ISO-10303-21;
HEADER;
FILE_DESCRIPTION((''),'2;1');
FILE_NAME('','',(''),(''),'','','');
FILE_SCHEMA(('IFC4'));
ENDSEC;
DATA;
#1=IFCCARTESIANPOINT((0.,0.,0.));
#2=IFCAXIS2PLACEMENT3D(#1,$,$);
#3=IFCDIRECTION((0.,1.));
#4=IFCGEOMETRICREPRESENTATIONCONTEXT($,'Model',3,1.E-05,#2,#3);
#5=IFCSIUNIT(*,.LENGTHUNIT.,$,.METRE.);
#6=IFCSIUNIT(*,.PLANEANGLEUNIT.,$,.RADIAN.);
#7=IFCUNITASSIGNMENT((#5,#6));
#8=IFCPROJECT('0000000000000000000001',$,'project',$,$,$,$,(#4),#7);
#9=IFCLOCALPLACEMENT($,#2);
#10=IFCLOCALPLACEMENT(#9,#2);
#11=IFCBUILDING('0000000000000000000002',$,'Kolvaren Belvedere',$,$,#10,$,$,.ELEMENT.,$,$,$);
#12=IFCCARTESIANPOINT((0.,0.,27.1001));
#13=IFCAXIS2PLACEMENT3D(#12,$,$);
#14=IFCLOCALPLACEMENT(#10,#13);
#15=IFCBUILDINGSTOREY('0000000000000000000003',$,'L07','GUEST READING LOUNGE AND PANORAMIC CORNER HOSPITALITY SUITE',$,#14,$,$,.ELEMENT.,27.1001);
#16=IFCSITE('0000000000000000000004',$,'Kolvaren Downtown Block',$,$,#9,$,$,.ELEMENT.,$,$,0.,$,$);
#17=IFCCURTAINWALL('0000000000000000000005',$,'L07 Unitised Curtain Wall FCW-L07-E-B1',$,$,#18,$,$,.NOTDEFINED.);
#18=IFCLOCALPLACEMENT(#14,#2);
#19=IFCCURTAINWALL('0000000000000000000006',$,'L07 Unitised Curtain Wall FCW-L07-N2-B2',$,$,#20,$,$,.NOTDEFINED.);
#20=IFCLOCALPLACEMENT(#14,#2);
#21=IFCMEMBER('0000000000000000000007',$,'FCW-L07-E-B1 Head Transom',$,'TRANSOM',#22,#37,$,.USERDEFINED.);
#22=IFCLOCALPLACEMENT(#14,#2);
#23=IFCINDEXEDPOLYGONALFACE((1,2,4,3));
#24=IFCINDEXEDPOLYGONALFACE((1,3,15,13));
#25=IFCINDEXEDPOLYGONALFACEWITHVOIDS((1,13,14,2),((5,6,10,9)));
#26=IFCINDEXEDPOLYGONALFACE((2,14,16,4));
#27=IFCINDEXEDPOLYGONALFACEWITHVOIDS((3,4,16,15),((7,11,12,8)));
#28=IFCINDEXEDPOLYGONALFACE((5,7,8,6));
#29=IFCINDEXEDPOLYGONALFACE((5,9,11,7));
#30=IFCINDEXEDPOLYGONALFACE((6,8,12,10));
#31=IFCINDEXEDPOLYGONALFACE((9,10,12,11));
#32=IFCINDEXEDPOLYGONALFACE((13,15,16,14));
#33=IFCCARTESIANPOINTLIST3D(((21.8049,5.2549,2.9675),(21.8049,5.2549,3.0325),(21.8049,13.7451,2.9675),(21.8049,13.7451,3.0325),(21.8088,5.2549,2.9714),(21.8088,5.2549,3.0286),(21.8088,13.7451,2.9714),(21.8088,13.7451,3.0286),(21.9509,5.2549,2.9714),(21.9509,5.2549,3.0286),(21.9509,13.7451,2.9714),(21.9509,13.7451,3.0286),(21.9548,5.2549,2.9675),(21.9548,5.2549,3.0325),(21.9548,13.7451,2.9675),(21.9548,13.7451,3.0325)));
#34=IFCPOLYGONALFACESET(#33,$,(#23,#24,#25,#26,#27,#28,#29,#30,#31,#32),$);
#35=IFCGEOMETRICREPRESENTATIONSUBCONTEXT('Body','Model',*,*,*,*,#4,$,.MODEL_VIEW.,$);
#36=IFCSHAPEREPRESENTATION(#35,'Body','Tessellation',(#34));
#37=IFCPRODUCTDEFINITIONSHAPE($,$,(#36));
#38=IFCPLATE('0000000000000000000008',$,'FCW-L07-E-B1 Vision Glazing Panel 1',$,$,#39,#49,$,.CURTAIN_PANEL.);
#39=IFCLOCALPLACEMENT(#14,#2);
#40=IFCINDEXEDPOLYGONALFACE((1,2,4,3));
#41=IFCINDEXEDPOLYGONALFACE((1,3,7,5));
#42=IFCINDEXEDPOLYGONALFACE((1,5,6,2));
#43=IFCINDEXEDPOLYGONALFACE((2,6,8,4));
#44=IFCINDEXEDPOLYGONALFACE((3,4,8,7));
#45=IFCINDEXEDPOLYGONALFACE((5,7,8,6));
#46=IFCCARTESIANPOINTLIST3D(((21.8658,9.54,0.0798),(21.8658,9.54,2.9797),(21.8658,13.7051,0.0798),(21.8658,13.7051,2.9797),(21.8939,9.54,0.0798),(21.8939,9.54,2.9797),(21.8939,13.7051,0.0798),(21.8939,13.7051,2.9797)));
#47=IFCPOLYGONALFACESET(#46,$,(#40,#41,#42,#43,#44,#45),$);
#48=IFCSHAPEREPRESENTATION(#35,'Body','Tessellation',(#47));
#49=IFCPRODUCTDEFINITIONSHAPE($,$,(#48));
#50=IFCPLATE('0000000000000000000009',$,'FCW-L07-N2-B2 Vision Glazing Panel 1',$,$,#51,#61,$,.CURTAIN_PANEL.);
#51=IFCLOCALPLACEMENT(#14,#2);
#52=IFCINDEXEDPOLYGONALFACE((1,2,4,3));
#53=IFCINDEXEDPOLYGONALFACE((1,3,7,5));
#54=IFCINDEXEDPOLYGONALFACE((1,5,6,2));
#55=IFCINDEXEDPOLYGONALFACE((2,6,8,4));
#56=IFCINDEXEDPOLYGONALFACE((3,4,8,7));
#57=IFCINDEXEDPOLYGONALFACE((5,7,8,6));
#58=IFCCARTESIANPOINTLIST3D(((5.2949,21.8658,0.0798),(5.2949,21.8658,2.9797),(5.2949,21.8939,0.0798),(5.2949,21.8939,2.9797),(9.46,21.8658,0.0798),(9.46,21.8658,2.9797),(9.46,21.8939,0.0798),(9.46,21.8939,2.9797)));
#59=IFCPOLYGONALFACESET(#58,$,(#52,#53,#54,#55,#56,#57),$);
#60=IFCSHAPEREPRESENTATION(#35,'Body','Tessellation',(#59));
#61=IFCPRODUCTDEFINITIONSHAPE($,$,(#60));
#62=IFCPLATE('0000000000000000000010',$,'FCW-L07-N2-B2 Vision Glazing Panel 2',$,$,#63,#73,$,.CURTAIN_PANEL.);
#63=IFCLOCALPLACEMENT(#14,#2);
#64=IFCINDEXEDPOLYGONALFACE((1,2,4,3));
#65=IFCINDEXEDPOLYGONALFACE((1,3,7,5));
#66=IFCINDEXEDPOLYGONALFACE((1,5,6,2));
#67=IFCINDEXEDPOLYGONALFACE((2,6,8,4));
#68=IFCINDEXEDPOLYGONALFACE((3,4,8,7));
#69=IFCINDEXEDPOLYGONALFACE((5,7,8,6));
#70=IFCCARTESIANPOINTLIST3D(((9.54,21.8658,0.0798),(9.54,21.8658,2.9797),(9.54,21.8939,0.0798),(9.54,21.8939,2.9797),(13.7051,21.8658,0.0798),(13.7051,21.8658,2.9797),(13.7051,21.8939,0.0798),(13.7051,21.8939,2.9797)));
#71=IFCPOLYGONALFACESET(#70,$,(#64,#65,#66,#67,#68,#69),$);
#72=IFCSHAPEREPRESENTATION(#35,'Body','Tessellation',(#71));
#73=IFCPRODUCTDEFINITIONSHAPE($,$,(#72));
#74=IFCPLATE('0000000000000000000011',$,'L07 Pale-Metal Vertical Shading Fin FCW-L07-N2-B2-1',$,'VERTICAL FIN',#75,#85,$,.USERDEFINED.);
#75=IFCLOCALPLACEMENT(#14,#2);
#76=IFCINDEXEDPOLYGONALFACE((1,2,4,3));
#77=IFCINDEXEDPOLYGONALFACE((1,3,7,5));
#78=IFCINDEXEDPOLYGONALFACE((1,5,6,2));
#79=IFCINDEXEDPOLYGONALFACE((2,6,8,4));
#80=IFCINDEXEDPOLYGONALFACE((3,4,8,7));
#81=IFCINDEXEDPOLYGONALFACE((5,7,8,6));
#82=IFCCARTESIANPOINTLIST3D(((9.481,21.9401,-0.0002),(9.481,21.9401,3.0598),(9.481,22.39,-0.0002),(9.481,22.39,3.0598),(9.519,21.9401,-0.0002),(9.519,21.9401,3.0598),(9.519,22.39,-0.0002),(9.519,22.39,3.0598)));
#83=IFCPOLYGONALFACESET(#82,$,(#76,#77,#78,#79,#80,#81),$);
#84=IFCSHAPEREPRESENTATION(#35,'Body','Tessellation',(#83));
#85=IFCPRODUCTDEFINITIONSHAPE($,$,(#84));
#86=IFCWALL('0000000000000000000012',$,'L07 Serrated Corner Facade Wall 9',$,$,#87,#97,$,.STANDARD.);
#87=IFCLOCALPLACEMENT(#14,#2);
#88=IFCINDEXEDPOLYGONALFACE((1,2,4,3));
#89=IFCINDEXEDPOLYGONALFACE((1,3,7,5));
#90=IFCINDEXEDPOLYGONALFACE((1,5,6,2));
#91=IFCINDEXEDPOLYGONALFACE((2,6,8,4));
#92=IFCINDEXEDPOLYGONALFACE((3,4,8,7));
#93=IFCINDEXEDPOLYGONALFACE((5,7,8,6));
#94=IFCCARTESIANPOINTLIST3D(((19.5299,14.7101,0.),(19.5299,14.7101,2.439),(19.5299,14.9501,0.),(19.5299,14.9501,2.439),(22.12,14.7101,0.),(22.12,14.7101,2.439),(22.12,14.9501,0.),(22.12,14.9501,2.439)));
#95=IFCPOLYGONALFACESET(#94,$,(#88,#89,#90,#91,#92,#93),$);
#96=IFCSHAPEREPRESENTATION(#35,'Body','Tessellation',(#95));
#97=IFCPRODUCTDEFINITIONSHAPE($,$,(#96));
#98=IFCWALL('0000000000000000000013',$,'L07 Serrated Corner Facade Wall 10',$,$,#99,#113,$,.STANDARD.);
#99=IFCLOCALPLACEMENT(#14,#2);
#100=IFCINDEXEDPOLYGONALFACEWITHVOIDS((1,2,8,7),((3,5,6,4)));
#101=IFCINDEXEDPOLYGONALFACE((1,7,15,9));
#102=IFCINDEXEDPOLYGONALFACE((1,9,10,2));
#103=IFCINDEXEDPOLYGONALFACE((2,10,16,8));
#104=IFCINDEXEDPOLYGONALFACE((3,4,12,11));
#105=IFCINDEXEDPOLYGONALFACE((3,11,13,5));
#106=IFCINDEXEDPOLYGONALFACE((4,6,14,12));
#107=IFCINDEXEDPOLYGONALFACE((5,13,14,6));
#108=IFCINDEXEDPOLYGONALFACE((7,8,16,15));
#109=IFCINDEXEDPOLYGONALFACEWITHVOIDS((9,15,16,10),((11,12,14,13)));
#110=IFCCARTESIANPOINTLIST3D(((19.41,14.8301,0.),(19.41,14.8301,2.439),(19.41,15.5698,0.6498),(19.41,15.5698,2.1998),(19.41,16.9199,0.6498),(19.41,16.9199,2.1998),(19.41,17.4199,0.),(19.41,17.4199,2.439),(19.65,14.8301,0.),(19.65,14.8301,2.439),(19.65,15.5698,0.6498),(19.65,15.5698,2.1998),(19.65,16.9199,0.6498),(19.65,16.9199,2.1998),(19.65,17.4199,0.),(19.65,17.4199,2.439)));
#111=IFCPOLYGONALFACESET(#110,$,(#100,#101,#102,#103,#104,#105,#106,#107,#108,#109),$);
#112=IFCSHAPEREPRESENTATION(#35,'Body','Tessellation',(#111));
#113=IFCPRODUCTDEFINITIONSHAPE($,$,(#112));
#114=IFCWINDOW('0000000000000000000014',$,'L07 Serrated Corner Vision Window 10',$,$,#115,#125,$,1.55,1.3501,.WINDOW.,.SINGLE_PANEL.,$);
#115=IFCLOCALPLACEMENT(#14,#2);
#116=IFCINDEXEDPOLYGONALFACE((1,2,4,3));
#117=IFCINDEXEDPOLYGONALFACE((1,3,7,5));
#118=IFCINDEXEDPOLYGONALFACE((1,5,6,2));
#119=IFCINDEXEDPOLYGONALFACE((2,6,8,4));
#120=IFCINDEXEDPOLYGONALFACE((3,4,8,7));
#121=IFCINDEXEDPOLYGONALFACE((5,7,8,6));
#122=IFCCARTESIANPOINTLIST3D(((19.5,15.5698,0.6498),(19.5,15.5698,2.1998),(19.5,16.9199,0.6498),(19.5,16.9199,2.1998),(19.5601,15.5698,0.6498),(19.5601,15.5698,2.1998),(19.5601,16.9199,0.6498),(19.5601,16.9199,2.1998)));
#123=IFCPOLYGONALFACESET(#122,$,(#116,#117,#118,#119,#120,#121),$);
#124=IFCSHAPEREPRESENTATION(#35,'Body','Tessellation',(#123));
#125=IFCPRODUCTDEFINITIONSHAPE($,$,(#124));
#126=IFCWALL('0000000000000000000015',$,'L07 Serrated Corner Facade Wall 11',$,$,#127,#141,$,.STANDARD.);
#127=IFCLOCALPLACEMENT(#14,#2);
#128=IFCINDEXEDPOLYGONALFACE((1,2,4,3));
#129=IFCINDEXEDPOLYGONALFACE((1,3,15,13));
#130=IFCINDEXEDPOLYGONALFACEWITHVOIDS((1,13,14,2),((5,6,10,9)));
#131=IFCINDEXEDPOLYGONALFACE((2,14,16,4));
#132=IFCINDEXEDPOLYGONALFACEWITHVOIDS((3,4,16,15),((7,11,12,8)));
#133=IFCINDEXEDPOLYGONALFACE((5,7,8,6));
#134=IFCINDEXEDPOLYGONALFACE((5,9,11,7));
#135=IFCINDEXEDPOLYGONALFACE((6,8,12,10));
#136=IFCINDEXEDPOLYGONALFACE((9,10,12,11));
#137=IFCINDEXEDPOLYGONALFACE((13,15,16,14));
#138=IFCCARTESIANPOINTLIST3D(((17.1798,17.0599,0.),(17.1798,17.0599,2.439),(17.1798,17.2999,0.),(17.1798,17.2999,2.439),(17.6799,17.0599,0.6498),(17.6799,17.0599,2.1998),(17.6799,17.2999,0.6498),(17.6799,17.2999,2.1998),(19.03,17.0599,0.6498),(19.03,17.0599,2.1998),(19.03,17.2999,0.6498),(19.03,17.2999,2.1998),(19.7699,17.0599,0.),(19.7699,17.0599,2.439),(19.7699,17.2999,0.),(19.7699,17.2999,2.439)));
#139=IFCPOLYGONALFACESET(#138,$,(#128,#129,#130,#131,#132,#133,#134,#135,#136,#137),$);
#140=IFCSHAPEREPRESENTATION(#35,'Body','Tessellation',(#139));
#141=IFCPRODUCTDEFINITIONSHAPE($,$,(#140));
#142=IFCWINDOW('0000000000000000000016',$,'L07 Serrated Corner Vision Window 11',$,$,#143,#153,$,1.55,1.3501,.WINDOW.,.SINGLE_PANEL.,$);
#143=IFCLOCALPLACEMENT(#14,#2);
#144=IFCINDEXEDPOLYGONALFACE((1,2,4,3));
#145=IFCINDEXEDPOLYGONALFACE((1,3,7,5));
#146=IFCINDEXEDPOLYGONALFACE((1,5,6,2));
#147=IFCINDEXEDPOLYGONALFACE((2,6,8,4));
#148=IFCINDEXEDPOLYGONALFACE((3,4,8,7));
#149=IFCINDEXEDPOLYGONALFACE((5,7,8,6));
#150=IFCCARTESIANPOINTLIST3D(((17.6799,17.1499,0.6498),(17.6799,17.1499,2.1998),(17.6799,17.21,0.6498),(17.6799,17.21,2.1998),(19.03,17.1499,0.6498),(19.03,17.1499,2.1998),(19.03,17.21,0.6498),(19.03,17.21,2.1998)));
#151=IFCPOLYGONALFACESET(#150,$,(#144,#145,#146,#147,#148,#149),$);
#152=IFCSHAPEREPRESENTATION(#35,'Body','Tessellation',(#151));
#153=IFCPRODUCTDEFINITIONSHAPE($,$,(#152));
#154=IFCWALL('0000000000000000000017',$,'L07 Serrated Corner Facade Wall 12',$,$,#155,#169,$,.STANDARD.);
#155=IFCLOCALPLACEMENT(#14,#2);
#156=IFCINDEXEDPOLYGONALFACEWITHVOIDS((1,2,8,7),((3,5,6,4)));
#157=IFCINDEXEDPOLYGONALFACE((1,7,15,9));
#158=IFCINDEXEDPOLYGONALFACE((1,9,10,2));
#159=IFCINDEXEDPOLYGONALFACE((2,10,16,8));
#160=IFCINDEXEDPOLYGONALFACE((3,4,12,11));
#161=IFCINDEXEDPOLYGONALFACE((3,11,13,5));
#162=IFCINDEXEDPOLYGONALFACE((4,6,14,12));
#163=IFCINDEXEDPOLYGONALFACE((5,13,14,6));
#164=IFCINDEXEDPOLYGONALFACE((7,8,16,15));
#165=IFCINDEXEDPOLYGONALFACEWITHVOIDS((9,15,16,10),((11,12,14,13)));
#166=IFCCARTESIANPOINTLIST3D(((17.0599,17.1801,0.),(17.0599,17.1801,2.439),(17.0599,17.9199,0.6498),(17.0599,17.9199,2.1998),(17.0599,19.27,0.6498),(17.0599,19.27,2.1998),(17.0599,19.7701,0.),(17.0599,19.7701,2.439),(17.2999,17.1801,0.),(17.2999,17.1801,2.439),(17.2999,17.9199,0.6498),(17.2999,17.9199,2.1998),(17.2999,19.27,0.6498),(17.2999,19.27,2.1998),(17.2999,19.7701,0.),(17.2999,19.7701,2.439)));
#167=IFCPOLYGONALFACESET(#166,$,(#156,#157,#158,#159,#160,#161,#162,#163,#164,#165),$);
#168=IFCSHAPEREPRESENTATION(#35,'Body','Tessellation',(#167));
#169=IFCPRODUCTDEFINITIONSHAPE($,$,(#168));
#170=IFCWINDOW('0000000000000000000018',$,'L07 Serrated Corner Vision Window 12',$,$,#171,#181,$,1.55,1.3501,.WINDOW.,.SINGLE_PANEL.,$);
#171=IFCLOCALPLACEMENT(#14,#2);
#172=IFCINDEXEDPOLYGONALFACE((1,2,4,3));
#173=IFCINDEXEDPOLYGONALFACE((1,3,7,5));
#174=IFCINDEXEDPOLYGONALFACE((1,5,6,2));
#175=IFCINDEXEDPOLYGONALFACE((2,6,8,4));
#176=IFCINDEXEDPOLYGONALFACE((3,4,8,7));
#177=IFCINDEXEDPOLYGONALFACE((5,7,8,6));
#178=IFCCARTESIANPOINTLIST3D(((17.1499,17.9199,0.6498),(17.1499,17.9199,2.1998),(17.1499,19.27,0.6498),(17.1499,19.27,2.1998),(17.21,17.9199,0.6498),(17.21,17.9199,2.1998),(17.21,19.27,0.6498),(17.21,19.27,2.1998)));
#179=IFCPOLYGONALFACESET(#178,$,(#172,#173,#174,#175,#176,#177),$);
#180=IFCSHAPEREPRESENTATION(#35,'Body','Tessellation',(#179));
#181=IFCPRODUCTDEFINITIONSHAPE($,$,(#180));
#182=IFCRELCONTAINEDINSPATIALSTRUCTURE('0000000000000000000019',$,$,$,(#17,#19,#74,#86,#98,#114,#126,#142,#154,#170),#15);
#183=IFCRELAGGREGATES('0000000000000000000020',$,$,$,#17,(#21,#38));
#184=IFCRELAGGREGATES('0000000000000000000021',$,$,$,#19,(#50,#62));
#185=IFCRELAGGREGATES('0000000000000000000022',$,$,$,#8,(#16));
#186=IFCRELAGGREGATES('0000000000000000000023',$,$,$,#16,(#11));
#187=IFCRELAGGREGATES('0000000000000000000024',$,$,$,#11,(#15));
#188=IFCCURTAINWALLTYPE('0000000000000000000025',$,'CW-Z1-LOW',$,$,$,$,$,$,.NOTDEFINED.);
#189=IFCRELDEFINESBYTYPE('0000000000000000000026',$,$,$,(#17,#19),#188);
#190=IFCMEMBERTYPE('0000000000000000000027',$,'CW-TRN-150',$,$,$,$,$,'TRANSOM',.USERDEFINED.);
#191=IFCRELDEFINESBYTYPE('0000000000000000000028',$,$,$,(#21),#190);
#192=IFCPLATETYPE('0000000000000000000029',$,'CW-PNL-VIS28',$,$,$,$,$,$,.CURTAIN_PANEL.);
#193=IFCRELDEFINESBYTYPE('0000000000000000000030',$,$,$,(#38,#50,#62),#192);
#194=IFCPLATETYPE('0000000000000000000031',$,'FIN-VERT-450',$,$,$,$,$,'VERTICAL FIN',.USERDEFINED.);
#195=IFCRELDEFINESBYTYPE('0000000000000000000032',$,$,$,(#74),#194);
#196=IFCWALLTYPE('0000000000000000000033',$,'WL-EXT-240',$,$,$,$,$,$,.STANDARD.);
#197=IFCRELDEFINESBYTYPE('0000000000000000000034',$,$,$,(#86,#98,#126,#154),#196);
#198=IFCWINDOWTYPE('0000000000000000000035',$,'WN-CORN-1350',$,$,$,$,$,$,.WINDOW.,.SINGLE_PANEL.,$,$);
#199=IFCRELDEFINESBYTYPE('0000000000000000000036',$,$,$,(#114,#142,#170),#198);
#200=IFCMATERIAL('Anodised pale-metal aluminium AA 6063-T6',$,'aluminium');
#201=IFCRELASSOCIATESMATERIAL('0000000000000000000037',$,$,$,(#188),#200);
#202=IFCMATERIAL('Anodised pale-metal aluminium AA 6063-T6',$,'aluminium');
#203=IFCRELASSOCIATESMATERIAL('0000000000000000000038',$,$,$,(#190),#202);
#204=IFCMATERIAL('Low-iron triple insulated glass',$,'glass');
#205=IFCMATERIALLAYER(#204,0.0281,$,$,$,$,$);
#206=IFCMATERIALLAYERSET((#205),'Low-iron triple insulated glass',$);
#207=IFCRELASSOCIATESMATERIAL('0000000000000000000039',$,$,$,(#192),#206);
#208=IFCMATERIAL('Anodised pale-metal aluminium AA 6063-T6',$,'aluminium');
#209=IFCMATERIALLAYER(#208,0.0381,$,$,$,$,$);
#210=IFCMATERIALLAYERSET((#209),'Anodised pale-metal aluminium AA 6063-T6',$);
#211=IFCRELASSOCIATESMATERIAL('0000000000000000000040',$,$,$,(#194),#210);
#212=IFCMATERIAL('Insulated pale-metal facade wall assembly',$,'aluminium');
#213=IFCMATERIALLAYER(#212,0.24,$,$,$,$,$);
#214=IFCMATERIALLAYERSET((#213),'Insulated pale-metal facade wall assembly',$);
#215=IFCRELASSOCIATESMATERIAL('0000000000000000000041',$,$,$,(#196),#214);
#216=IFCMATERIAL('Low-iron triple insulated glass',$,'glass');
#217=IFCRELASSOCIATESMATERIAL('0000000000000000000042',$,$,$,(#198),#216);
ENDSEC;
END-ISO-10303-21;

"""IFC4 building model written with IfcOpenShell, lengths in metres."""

from ifc_helpers import new_model, si_unit, direction, frame, frame_2d, origin, origin_2d, place, context, subcontext, project, spatial, rectangle, hollow_rectangle, extrude, material, layer, layer_set, material_profile, profile_set, type_object, element, fill, aggregate, save


model = new_model("IFC4")

# Units and contexts
model_context = context("Model", 3, precision=1e-05, world=origin(), true_north=direction((0.0, 1.0)))
body_context = subcontext(model_context, "Body", "Model", "MODEL_VIEW")
ifc_project = project(units=[si_unit("LENGTHUNIT", "METRE"), si_unit("PLANEANGLEUNIT", "RADIAN")], contexts=[model_context])

# Site, building, storey
site_placement = place(None, origin())
site = spatial("IfcSite", under=ifc_project, at=site_placement, Name="Kolvaren Downtown Block", CompositionType="ELEMENT", RefElevation=0.0)
building_placement = place(site_placement, origin())
building = spatial("IfcBuilding", under=site, at=building_placement, Name="Kolvaren Belvedere", CompositionType="ELEMENT")
storey_placement = place(building_placement, frame((0.0, 0.0, 27.1001)))
storey = spatial("IfcBuildingStorey", under=building, at=storey_placement, Name="L07", Description="GUEST READING LOUNGE AND PANORAMIC CORNER HOSPITALITY SUITE", CompositionType="ELEMENT", Elevation=27.1001)

# Curtain wall
ifc_material_1 = material(Name="Anodised pale-metal aluminium AA 6063-T6", Category="aluminium")
curtain_wall_type = type_object("IfcCurtainWallType", Name="CW-Z1-LOW", PredefinedType="NOTDEFINED", material=ifc_material_1)
curtain_wall_1_placement = place(storey_placement, origin())
curtain_wall_1 = element("IfcCurtainWall", 1, at=curtain_wall_1_placement, inside=storey, type_object=curtain_wall_type, Name="L07 Unitised Curtain Wall FCW-L07-E-B1", PredefinedType="NOTDEFINED")

# Curtain wall
curtain_wall_2_placement = place(storey_placement, origin())
curtain_wall_2 = element("IfcCurtainWall", 2, at=curtain_wall_2_placement, inside=storey, type_object=curtain_wall_type, Name="L07 Unitised Curtain Wall FCW-L07-N2-B2", PredefinedType="NOTDEFINED")

# Member
ifc_material_2 = material(Name="Anodised pale-metal aluminium AA 6063-T6", Category="aluminium")
ifc_material_profile_1 = material_profile(ifc_material_2, hollow_rectangle(XDim=0.0649, YDim=0.1499, WallThickness=0.0039, at=origin_2d()), Name="ALU-TRN-150X65")
ifc_profile_set_1 = profile_set([ifc_material_profile_1], Name="Anodised pale-metal aluminium AA 6063-T6")
member_type_1 = type_object("IfcMemberType", Name="CW-TRN-150", ElementType="TRANSOM", PredefinedType="USERDEFINED", material=ifc_profile_set_1)
member_1_placement = place(storey_placement, frame((21.8799, 13.7451, 3.0), z_axis=(0.0, -1.0, 0.0), x_axis=(0.0, 0.0, 1.0)))
member_1 = element("IfcMember", 3, at=member_1_placement, type_object=member_type_1, Name="FCW-L07-E-B1 Head Transom", ObjectType="TRANSOM", PredefinedType="USERDEFINED", context=body_context, shape_type="SweptSolid", body=[
    extrude(hollow_rectangle(XDim=0.0649, YDim=0.1499, WallThickness=0.0039, at=origin_2d()), origin(), (0.0, 0.0, 1.0), 8.4902),
])

# Plates
ifc_material_3 = material(Name="Low-iron triple insulated glass", Category="glass")
ifc_layer_1 = layer(ifc_material_3, 0.0281)
ifc_layer_set_1 = layer_set([ifc_layer_1], Name="Low-iron triple insulated glass")
plate_type_1 = type_object("IfcPlateType", Name="CW-PNL-VIS28", PredefinedType="CURTAIN_PANEL", material=ifc_layer_set_1)
plate_1_placement = place(storey_placement, frame((21.8799, 11.6226, 0.0798), z_axis=(0.0, 0.0, 1.0), x_axis=(0.0, -1.0, 0.0)))
plate_1 = element("IfcPlate", 4, at=plate_1_placement, type_object=plate_type_1, Name="FCW-L07-E-B1 Vision Glazing Panel 1", PredefinedType="CURTAIN_PANEL", context=body_context, shape_type="SweptSolid", body=[
    extrude(rectangle(XDim=4.165, YDim=0.0281, at=origin_2d()), origin(), (0.0, 0.0, 1.0), 2.8999),
])
aggregate(curtain_wall_1, [member_1, plate_1])
plate_2_placement = place(storey_placement, frame((7.3774, 21.8799, 0.0798), z_axis=(0.0, 0.0, 1.0), x_axis=(1.0, 0.0, 0.0)))
plate_2 = element("IfcPlate", 5, at=plate_2_placement, type_object=plate_type_1, Name="FCW-L07-N2-B2 Vision Glazing Panel 1", PredefinedType="CURTAIN_PANEL", context=body_context, shape_type="SweptSolid", body=[
    extrude(rectangle(XDim=4.165, YDim=0.0281, at=origin_2d()), origin(), (0.0, 0.0, 1.0), 2.8999),
])
plate_3_placement = place(storey_placement, frame((11.6226, 21.8799, 0.0798), z_axis=(0.0, 0.0, 1.0), x_axis=(1.0, 0.0, 0.0)))
plate_3 = element("IfcPlate", 6, at=plate_3_placement, type_object=plate_type_1, Name="FCW-L07-N2-B2 Vision Glazing Panel 2", PredefinedType="CURTAIN_PANEL", context=body_context, shape_type="SweptSolid", body=[
    extrude(rectangle(XDim=4.165, YDim=0.0281, at=origin_2d()), origin(), (0.0, 0.0, 1.0), 2.8999),
])
aggregate(curtain_wall_2, [plate_2, plate_3])
ifc_material_4 = material(Name="Anodised pale-metal aluminium AA 6063-T6", Category="aluminium")
ifc_layer_2 = layer(ifc_material_4, 0.0381)
ifc_layer_set_2 = layer_set([ifc_layer_2], Name="Anodised pale-metal aluminium AA 6063-T6")
plate_type_2 = type_object("IfcPlateType", Name="FIN-VERT-450", ElementType="VERTICAL FIN", PredefinedType="USERDEFINED", material=ifc_layer_set_2)
plate_4_placement = place(storey_placement, frame((9.5, 22.165, -0.0002), z_axis=(0.0, 0.0, 1.0), x_axis=(0.0, 1.0, 0.0)))
element("IfcPlate", 7, at=plate_4_placement, inside=storey, type_object=plate_type_2, Name="L07 Pale-Metal Vertical Shading Fin FCW-L07-N2-B2-1", ObjectType="VERTICAL FIN", PredefinedType="USERDEFINED", context=body_context, shape_type="SweptSolid", body=[
    extrude(rectangle(XDim=0.45, YDim=0.0381, at=origin_2d()), origin(), (0.0, 0.0, 1.0), 3.0601),
])

# Wall
ifc_material_5 = material(Name="Insulated pale-metal facade wall assembly", Category="aluminium")
ifc_layer_3 = layer(ifc_material_5, 0.24)
ifc_layer_set_3 = layer_set([ifc_layer_3], Name="Insulated pale-metal facade wall assembly")
wall_type_1 = type_object("IfcWallType", Name="WL-EXT-240", PredefinedType="STANDARD", material=ifc_layer_set_3)
wall_1_placement = place(storey_placement, frame((19.53, 14.8301, 0.0), z_axis=(0.0, 0.0, 1.0), x_axis=(1.0, 0.0, 0.0)))
element("IfcWall", 8, at=wall_1_placement, inside=storey, type_object=wall_type_1, Name="L07 Serrated Corner Facade Wall 9", PredefinedType="STANDARD", context=body_context, shape_type="SweptSolid", body=[
    extrude(rectangle(XDim=2.5901, YDim=0.24, at=frame_2d((1.2949, 0.0))), origin(), (0.0, 0.0, 1.0), 2.439),
])

# Walls, openings, windows
wall_2_placement = place(storey_placement, frame((19.53, 17.4199, 0.0), z_axis=(0.0, 0.0, 1.0), x_axis=(0.0, -1.0, 0.0)))
wall_2 = element("IfcWall", 9, at=wall_2_placement, inside=storey, type_object=wall_type_1, Name="L07 Serrated Corner Facade Wall 10", PredefinedType="STANDARD", context=body_context, shape_type="SweptSolid", body=[
    extrude(rectangle(XDim=2.5898, YDim=0.24, at=frame_2d((1.2949, 0.0))), origin(), (0.0, 0.0, 1.0), 2.439),
])
opening_1_placement = place(wall_2_placement, frame((0.5, 0.0, 0.6499)))
opening_1 = element("IfcOpeningElement", 10, at=opening_1_placement, cuts=wall_2, PredefinedType="OPENING", context=body_context, shape_type="SweptSolid", body=[
    extrude(rectangle(XDim=1.3501, YDim=1.55, at=frame_2d((0.675, 0.7749))), frame((0.0, 0.1299, 0.0), z_axis=(0.0, -1.0, 0.0), x_axis=(1.0, 0.0, 0.0)), (0.0, 0.0, 1.0), 0.26),
])
ifc_material_6 = material(Name="Low-iron triple insulated glass", Category="glass")
window_type = type_object("IfcWindowType", Name="WN-CORN-1350", PartitioningType="SINGLE_PANEL", PredefinedType="WINDOW", material=ifc_material_6)
window_1_placement = place(opening_1_placement, origin())
window_1 = element("IfcWindow", 11, at=window_1_placement, inside=storey, type_object=window_type, Name="L07 Serrated Corner Vision Window 10", OverallHeight=1.55, OverallWidth=1.3501, PartitioningType="SINGLE_PANEL", PredefinedType="WINDOW", context=body_context, shape_type="SweptSolid", body=[
    extrude(rectangle(XDim=1.3501, YDim=1.55, at=frame_2d((0.675, 0.7749))), frame((0.0, 0.03, 0.0), z_axis=(0.0, -1.0, 0.0), x_axis=(1.0, 0.0, 0.0)), (0.0, 0.0, 1.0), 0.0601),
])
fill(opening_1, window_1)
wall_3_placement = place(storey_placement, frame((17.1799, 17.1799, 0.0), z_axis=(0.0, 0.0, 1.0), x_axis=(1.0, 0.0, 0.0)))
wall_3 = element("IfcWall", 12, at=wall_3_placement, inside=storey, type_object=wall_type_1, Name="L07 Serrated Corner Facade Wall 11", PredefinedType="STANDARD", context=body_context, shape_type="SweptSolid", body=[
    extrude(rectangle(XDim=2.5901, YDim=0.24, at=frame_2d((1.2949, 0.0))), origin(), (0.0, 0.0, 1.0), 2.439),
])
opening_2_placement = place(wall_3_placement, frame((0.5, 0.0, 0.6499)))
opening_2 = element("IfcOpeningElement", 13, at=opening_2_placement, cuts=wall_3, PredefinedType="OPENING", context=body_context, shape_type="SweptSolid", body=[
    extrude(rectangle(XDim=1.3501, YDim=1.55, at=frame_2d((0.675, 0.7749))), frame((0.0, 0.1299, 0.0), z_axis=(0.0, -1.0, 0.0), x_axis=(1.0, 0.0, 0.0)), (0.0, 0.0, 1.0), 0.26),
])
window_2_placement = place(opening_2_placement, origin())
window_2 = element("IfcWindow", 14, at=window_2_placement, inside=storey, type_object=window_type, Name="L07 Serrated Corner Vision Window 11", OverallHeight=1.55, OverallWidth=1.3501, PartitioningType="SINGLE_PANEL", PredefinedType="WINDOW", context=body_context, shape_type="SweptSolid", body=[
    extrude(rectangle(XDim=1.3501, YDim=1.55, at=frame_2d((0.675, 0.7749))), frame((0.0, 0.03, 0.0), z_axis=(0.0, -1.0, 0.0), x_axis=(1.0, 0.0, 0.0)), (0.0, 0.0, 1.0), 0.0601),
])
fill(opening_2, window_2)
wall_4_placement = place(storey_placement, frame((17.1799, 19.77, 0.0), z_axis=(0.0, 0.0, 1.0), x_axis=(0.0, -1.0, 0.0)))
wall_4 = element("IfcWall", 15, at=wall_4_placement, inside=storey, type_object=wall_type_1, Name="L07 Serrated Corner Facade Wall 12", PredefinedType="STANDARD", context=body_context, shape_type="SweptSolid", body=[
    extrude(rectangle(XDim=2.5901, YDim=0.24, at=frame_2d((1.2949, 0.0))), origin(), (0.0, 0.0, 1.0), 2.439),
])
opening_3_placement = place(wall_4_placement, frame((0.5, 0.0, 0.6499)))
opening_3 = element("IfcOpeningElement", 16, at=opening_3_placement, cuts=wall_4, PredefinedType="OPENING", context=body_context, shape_type="SweptSolid", body=[
    extrude(rectangle(XDim=1.3501, YDim=1.55, at=frame_2d((0.675, 0.7749))), frame((0.0, 0.1299, 0.0), z_axis=(0.0, -1.0, 0.0), x_axis=(1.0, 0.0, 0.0)), (0.0, 0.0, 1.0), 0.26),
])
window_3_placement = place(opening_3_placement, origin())
window_3 = element("IfcWindow", 17, at=window_3_placement, inside=storey, type_object=window_type, Name="L07 Serrated Corner Vision Window 12", OverallHeight=1.55, OverallWidth=1.3501, PartitioningType="SINGLE_PANEL", PredefinedType="WINDOW", context=body_context, shape_type="SweptSolid", body=[
    extrude(rectangle(XDim=1.3501, YDim=1.55, at=frame_2d((0.675, 0.7749))), frame((0.0, 0.03, 0.0), z_axis=(0.0, -1.0, 0.0), x_axis=(1.0, 0.0, 0.0)), (0.0, 0.0, 1.0), 0.0601),
])
fill(opening_3, window_3)

save(model, "model.ifc")
